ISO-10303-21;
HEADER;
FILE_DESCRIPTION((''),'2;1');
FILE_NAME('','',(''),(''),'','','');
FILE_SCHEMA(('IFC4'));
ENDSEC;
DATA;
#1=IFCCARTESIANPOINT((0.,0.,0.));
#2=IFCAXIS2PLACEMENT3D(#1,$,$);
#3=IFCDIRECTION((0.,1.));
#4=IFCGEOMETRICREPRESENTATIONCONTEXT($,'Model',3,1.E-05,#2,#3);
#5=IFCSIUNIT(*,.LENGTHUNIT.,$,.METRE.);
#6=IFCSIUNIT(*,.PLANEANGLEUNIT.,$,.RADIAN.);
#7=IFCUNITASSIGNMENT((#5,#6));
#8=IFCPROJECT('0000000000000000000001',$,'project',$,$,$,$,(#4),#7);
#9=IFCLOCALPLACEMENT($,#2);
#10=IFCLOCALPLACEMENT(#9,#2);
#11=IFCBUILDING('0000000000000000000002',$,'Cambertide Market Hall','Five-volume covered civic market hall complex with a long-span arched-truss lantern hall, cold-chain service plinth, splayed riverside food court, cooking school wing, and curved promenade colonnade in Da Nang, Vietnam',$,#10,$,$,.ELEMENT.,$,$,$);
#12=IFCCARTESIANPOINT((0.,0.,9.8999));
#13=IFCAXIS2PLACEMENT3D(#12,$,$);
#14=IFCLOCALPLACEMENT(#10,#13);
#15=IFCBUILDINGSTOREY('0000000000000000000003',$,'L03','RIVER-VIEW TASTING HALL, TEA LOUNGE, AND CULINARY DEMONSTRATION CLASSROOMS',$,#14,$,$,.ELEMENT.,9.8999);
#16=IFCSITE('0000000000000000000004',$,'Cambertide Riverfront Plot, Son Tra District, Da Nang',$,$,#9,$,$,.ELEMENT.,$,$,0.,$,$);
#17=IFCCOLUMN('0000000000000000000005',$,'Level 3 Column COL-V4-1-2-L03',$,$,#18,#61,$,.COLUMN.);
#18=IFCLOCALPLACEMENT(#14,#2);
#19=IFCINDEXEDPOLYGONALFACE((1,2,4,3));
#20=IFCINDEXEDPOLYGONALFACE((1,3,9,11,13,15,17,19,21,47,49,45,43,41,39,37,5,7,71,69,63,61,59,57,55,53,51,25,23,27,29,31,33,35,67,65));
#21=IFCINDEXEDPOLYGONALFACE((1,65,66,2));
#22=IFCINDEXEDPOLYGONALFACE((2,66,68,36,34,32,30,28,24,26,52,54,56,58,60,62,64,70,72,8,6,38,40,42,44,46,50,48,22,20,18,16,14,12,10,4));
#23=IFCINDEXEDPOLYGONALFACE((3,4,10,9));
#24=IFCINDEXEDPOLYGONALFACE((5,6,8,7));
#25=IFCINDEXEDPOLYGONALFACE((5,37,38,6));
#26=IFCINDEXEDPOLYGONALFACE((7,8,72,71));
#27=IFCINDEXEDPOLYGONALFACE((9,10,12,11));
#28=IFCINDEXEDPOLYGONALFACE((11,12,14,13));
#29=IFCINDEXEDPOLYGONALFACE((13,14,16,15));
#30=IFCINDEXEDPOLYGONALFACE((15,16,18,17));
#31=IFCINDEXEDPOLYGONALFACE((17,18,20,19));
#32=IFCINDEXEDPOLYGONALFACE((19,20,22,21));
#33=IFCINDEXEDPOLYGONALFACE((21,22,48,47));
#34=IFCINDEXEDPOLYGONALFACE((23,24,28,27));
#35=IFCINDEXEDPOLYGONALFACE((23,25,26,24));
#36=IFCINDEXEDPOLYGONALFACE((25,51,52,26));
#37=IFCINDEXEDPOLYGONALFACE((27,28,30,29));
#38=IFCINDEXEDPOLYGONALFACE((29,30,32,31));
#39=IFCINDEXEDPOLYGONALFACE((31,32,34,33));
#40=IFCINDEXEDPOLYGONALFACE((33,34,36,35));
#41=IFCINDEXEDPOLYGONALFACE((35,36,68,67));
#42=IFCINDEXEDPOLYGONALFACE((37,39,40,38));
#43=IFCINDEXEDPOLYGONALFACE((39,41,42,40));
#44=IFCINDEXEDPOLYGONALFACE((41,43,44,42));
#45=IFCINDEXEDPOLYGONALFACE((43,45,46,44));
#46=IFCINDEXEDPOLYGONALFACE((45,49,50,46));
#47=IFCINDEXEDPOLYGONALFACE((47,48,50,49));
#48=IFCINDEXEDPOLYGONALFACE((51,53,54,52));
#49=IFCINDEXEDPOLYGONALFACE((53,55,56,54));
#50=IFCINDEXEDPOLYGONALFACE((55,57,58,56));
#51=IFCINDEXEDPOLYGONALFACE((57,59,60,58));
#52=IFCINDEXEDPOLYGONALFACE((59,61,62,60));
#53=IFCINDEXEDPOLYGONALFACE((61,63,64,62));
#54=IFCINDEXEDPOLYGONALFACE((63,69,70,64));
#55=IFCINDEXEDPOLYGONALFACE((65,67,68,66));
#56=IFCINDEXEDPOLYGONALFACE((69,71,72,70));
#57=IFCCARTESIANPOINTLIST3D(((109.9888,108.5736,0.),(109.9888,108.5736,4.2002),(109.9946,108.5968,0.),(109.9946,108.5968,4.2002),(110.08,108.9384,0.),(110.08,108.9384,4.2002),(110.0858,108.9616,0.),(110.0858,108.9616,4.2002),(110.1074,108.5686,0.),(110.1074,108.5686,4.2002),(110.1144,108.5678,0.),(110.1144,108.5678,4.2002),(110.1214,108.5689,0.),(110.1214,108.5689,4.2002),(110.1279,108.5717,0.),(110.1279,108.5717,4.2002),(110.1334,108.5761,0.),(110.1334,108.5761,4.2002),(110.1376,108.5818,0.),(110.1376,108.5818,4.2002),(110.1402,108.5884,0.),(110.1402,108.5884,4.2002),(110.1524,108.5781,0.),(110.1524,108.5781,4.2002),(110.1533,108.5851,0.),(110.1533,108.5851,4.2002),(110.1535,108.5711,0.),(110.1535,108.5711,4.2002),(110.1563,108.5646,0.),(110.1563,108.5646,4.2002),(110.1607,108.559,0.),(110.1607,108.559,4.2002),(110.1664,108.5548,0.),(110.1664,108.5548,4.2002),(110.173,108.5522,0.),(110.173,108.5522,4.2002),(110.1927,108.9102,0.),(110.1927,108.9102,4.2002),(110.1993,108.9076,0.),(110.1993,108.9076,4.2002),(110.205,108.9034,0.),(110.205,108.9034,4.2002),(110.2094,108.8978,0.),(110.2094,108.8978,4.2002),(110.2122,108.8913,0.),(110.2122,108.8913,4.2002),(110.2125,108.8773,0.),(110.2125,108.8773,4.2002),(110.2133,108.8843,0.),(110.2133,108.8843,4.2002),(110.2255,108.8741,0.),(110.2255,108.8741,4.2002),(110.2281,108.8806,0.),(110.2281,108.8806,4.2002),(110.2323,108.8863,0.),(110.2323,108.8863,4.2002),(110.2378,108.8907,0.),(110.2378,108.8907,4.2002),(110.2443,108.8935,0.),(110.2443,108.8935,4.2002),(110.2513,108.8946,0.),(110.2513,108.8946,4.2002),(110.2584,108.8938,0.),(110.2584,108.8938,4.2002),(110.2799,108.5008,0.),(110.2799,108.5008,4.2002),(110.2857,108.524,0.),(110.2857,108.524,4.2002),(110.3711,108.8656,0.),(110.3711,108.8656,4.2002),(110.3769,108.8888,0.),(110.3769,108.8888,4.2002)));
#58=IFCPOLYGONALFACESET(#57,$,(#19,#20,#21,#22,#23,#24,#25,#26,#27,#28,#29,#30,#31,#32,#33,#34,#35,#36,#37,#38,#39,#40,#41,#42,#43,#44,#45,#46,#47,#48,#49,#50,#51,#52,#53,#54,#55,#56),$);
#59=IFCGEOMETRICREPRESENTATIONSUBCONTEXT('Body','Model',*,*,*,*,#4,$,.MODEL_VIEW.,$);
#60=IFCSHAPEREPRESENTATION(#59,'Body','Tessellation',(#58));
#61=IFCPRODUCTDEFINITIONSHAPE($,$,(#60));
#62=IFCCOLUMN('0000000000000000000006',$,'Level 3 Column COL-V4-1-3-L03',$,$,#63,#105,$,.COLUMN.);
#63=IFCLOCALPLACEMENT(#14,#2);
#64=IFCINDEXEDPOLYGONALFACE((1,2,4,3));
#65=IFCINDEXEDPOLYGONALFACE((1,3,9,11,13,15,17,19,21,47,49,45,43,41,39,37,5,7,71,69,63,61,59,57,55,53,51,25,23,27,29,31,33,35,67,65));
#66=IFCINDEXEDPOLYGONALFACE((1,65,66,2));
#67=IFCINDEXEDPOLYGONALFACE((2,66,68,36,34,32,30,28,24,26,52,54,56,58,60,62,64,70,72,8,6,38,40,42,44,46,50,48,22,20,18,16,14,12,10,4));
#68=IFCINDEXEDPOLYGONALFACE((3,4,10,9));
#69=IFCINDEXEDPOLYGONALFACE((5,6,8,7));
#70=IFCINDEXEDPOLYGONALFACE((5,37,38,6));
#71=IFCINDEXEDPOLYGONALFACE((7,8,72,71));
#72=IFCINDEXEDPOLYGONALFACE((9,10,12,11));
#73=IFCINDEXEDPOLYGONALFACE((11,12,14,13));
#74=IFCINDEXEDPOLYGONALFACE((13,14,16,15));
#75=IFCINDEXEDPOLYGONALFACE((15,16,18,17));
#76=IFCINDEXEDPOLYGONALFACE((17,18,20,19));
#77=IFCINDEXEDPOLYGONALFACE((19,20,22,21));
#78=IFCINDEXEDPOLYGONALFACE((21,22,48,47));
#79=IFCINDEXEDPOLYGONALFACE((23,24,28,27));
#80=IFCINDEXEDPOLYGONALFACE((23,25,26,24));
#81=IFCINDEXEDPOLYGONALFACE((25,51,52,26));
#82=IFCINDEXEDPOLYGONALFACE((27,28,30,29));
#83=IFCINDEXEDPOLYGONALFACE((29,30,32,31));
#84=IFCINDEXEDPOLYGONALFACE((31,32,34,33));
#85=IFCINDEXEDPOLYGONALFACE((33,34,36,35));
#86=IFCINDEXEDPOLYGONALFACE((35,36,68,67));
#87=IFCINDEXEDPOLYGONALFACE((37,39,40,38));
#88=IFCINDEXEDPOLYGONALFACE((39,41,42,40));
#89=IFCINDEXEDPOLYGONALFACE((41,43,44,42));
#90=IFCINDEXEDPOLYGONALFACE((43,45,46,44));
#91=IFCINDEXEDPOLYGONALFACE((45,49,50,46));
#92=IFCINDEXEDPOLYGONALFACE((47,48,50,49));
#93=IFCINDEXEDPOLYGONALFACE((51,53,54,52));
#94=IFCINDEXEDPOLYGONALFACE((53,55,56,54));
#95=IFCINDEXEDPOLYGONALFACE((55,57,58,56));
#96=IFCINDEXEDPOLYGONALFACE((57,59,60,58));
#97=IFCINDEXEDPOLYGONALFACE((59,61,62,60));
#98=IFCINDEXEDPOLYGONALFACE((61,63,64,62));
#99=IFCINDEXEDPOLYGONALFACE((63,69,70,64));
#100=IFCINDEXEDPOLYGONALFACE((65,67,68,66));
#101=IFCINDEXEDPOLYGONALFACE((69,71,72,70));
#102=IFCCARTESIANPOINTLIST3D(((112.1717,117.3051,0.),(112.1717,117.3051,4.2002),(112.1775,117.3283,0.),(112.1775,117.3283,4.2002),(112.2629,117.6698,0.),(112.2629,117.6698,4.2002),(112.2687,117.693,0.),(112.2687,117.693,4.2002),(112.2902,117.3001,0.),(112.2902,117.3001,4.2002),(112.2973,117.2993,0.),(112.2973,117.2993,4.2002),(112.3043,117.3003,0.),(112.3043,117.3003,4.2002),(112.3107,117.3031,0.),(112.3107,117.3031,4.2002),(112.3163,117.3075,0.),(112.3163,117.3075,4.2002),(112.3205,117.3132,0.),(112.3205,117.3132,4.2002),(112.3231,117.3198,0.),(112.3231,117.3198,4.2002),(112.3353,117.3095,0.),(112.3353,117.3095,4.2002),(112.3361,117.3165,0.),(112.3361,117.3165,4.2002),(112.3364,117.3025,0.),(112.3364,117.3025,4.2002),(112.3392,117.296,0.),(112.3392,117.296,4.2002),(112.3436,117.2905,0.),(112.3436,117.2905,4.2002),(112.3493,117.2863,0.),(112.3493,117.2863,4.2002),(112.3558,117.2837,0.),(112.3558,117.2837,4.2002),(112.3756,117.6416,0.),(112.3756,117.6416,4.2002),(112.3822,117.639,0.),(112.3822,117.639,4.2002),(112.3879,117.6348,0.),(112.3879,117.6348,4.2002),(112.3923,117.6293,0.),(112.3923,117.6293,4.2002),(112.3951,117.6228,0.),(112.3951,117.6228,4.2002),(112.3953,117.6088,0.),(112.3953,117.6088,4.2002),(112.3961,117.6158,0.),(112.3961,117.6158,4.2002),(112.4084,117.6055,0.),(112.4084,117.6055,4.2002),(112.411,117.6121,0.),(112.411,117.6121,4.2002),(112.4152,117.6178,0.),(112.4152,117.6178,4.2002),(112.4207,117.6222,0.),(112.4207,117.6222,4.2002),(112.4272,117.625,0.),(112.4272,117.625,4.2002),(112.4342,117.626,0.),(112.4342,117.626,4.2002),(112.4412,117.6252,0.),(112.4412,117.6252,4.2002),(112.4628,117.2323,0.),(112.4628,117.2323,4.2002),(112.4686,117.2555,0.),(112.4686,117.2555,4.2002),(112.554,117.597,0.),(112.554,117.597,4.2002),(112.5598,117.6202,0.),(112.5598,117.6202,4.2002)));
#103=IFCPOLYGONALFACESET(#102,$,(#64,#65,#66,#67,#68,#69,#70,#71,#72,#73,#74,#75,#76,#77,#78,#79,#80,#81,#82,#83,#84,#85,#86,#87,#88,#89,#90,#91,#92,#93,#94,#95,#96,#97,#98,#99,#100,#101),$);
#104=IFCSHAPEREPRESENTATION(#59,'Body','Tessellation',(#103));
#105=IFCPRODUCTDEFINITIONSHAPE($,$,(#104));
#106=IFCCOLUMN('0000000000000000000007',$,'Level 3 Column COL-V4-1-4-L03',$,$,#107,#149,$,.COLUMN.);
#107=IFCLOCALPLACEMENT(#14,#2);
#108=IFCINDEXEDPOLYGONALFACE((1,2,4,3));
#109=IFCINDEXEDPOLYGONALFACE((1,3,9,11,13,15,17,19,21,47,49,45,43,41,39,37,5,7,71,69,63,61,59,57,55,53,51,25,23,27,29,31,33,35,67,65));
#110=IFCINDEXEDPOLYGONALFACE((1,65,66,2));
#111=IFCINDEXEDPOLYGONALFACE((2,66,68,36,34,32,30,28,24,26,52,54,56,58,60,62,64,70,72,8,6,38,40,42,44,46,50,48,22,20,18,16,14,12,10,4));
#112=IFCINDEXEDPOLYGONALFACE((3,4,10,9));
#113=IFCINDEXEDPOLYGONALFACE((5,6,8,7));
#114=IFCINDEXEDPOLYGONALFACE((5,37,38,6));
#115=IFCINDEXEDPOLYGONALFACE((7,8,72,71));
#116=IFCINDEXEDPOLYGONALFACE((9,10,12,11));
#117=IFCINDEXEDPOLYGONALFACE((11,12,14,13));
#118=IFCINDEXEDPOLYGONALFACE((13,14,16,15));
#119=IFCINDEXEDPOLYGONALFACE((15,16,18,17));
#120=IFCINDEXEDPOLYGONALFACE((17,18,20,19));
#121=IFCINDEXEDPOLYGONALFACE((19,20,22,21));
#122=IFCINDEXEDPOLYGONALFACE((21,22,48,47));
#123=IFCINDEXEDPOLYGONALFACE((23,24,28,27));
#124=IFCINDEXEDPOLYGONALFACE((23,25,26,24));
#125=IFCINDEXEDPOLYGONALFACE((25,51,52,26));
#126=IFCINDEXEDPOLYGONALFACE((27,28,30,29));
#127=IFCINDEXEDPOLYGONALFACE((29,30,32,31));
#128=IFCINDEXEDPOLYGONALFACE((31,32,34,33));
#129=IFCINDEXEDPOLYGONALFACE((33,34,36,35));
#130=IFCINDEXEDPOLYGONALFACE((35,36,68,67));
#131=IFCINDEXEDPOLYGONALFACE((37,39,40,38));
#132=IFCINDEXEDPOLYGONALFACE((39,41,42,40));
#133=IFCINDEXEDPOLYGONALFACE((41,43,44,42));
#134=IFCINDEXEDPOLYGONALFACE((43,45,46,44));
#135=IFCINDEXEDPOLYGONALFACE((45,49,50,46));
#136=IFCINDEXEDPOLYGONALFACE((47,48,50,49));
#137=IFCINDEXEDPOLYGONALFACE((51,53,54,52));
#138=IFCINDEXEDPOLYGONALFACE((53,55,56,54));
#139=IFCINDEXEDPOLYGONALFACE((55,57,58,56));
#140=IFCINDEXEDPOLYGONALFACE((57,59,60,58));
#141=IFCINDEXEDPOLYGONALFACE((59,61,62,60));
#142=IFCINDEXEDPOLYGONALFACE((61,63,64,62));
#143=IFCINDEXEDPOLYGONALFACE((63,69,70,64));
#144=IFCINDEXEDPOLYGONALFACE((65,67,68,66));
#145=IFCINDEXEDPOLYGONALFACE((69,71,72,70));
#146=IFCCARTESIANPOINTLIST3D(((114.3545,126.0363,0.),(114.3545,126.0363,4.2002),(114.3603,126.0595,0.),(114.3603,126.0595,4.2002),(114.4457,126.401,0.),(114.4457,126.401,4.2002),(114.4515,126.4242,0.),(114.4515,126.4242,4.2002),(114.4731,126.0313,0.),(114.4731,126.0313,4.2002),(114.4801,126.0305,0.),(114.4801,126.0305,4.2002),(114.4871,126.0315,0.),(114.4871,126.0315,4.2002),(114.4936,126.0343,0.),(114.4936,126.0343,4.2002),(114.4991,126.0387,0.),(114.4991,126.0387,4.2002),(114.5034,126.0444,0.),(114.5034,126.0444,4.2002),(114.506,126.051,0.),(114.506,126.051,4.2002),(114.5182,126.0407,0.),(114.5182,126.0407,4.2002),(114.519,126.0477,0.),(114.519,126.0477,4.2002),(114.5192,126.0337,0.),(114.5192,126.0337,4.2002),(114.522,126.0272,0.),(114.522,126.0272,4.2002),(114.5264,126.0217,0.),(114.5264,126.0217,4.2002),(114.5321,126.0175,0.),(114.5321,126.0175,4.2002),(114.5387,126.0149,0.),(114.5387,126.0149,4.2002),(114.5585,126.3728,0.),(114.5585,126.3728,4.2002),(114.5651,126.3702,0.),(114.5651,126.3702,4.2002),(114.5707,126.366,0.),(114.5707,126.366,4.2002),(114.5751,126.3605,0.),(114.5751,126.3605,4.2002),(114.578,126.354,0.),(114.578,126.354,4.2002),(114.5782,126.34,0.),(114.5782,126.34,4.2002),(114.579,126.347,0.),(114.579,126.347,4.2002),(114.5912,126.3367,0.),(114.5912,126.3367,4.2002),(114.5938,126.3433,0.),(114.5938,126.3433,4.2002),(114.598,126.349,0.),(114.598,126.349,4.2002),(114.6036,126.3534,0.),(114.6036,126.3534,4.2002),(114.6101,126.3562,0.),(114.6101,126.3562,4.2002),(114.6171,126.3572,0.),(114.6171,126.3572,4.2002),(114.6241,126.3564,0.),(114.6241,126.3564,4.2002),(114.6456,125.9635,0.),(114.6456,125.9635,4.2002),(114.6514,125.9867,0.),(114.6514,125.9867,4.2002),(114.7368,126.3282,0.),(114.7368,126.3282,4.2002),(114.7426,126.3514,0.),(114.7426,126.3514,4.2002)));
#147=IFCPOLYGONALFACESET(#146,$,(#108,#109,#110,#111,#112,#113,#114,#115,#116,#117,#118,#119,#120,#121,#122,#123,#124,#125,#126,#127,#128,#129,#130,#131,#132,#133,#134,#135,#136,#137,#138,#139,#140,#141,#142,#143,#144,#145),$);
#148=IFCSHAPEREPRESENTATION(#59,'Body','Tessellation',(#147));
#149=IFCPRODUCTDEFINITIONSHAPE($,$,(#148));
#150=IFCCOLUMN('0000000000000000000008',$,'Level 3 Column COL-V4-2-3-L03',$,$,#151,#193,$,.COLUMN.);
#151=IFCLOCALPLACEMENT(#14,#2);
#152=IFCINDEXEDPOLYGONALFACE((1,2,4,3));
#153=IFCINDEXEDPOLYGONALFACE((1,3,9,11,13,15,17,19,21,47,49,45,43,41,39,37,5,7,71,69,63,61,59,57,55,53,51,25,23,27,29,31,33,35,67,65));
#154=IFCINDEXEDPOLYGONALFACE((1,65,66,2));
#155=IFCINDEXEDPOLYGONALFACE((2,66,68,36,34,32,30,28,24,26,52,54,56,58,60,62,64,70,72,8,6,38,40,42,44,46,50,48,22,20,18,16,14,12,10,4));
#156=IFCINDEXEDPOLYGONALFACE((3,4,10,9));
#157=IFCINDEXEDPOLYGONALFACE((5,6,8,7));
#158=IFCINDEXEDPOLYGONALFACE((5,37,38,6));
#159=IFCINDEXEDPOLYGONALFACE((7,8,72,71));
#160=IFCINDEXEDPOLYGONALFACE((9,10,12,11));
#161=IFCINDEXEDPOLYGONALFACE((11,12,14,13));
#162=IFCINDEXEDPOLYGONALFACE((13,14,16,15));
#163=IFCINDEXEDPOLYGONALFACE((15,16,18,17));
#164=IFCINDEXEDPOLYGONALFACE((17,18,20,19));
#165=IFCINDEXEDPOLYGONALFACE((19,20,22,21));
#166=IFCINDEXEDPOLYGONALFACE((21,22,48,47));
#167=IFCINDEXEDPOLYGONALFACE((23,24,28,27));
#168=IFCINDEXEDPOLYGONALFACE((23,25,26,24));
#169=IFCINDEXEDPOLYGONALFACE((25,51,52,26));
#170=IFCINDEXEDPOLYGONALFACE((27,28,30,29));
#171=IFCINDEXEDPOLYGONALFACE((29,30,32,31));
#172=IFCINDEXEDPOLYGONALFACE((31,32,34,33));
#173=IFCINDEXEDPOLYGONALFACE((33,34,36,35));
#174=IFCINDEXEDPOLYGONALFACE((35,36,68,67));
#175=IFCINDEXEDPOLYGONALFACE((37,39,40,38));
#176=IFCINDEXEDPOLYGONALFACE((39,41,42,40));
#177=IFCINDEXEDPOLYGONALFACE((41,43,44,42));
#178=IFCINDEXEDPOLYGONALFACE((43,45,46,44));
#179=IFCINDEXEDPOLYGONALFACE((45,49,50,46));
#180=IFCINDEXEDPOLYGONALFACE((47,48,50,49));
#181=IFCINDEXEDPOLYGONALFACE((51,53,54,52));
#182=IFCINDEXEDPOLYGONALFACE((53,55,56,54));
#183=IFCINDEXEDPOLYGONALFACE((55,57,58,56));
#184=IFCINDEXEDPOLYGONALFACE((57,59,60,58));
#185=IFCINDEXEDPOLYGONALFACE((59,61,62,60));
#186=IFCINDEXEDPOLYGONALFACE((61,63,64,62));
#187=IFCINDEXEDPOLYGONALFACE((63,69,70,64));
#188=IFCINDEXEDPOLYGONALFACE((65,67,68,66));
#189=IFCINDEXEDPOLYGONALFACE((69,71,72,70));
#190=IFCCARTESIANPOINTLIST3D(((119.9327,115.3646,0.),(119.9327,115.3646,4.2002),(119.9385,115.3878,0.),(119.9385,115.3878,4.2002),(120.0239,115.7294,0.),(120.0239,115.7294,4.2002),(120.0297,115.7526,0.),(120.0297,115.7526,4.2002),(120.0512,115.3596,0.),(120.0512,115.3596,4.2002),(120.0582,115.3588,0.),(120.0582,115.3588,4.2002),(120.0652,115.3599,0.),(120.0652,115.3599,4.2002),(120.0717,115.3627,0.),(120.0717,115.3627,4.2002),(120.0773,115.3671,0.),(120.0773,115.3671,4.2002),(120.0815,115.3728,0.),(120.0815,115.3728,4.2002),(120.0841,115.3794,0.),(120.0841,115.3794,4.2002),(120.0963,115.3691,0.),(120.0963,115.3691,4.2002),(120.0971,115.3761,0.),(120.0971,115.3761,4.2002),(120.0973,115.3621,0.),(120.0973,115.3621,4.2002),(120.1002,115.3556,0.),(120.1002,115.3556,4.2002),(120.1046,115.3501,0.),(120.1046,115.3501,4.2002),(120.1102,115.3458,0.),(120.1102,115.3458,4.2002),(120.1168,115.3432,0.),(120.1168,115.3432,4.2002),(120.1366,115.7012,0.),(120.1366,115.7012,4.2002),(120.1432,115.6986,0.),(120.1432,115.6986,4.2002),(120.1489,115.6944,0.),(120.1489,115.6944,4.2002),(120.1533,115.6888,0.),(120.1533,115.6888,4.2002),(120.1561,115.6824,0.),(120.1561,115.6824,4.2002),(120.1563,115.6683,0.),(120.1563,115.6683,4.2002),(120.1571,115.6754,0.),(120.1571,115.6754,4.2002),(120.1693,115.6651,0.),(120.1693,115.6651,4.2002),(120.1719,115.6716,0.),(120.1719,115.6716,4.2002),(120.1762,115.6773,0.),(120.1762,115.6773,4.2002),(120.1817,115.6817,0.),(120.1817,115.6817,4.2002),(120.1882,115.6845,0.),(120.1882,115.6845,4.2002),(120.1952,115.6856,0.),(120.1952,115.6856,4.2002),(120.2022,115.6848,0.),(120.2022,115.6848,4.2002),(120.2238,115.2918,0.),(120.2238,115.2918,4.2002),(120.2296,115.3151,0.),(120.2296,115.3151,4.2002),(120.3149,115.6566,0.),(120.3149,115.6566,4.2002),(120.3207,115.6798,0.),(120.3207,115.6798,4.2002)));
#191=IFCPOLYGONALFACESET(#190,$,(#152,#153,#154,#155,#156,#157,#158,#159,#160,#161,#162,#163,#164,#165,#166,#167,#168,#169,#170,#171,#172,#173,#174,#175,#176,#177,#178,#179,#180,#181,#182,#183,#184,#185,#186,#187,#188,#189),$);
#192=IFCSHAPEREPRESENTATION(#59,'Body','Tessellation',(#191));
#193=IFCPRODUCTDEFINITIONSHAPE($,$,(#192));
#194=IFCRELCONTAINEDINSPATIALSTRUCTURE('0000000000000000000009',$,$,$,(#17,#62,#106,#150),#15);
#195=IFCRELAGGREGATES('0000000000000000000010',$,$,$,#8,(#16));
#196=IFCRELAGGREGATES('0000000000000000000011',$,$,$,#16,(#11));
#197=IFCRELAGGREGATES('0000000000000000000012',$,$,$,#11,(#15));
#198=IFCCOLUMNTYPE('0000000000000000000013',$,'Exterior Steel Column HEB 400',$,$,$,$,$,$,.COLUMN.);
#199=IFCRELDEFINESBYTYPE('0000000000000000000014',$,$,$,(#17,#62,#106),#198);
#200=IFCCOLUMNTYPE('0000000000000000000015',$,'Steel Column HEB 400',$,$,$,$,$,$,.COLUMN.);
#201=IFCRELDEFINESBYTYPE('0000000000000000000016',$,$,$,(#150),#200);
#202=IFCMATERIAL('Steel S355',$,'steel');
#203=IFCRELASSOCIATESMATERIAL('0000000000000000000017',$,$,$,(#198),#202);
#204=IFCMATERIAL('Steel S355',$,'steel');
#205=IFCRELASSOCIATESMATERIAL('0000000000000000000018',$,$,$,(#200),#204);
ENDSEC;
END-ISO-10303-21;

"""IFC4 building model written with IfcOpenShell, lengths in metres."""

from ifc_helpers import new_model, si_unit, direction, frame, origin, origin_2d, place, context, subcontext, project, spatial, i_section, extrude, material, material_profile, profile_set, type_object, element, save


model = new_model("IFC4")

# Units and contexts
model_context = context("Model", 3, precision=1e-05, world=origin(), true_north=direction((0.0, 1.0)))
body_context = subcontext(model_context, "Body", "Model", "MODEL_VIEW")
ifc_project = project(units=[si_unit("LENGTHUNIT", "METRE"), si_unit("PLANEANGLEUNIT", "RADIAN")], contexts=[model_context])

# Site, building, storey
site_placement = place(None, origin())
site = spatial("IfcSite", under=ifc_project, at=site_placement, Name="Cambertide Riverfront Plot, Son Tra District, Da Nang", CompositionType="ELEMENT", RefElevation=0.0)
building_placement = place(site_placement, origin())
building = spatial("IfcBuilding", under=site, at=building_placement, Name="Cambertide Market Hall", Description="Five-volume covered civic market hall complex with a long-span arched-truss lantern hall, cold-chain service plinth, splayed riverside food court, cooking school wing, and curved promenade colonnade in Da Nang, Vietnam", CompositionType="ELEMENT")
storey_placement = place(building_placement, frame((0.0, 0.0, 9.8999)))
storey = spatial("IfcBuildingStorey", under=building, at=storey_placement, Name="L03", Description="RIVER-VIEW TASTING HALL, TEA LOUNGE, AND CULINARY DEMONSTRATION CLASSROOMS", CompositionType="ELEMENT", Elevation=9.8999)

# Columns
ifc_material_1 = material(Name="Steel S355", Category="steel")
ifc_material_profile_1 = material_profile(ifc_material_1, i_section(OverallWidth=0.3, OverallDepth=0.3999, WebThickness=0.0134, FlangeThickness=0.0239, FilletRadius=0.0271, at=origin_2d()), Name="HEB 400")
ifc_profile_set_1 = profile_set([ifc_material_profile_1], Name="Steel S355")
column_type_1 = type_object("IfcColumnType", Name="Exterior Steel Column HEB 400", PredefinedType="COLUMN", material=ifc_profile_set_1)
for number, where, z_axis, x_axis, name in (
    (1, (110.1829, 108.7312, 0.0), (0.0, 0.0, 1.0), (0.970143, -0.242536, 0.0), "Level 3 Column COL-V4-1-2-L03"),
    (2, (112.3657, 117.4626, 0.0), (0.0, 0.0, 1.0), (0.970143, -0.242536, 0.0), "Level 3 Column COL-V4-1-3-L03"),
    (3, (114.5486, 126.1938, 0.0), (0.0, 0.0, 1.0), (0.970143, -0.242536, 0.0), "Level 3 Column COL-V4-1-4-L03"),
):
    element("IfcColumn", number, at=place(storey_placement, frame(where, z_axis=z_axis, x_axis=x_axis)), inside=storey, type_object=column_type_1, Name=name, PredefinedType="COLUMN", context=body_context, shape_type="SweptSolid", body=[
        extrude(i_section(OverallWidth=0.3, OverallDepth=0.3999, WebThickness=0.0134, FlangeThickness=0.0239, FilletRadius=0.0271, at=origin_2d()), origin(), (0.0, 0.0, 1.0), 4.2002),
    ])
ifc_material_2 = material(Name="Steel S355", Category="steel")
ifc_material_profile_2 = material_profile(ifc_material_2, i_section(OverallWidth=0.3, OverallDepth=0.3999, WebThickness=0.0134, FlangeThickness=0.0239, FilletRadius=0.0271, at=origin_2d()), Name="HEB 400")
ifc_profile_set_2 = profile_set([ifc_material_profile_2], Name="Steel S355")
column_type_2 = type_object("IfcColumnType", Name="Steel Column HEB 400", PredefinedType="COLUMN", material=ifc_profile_set_2)
column_placement = place(storey_placement, frame((120.1267, 115.5222, 0.0), z_axis=(0.0, 0.0, 1.0), x_axis=(0.970143, -0.242536, 0.0)))
element("IfcColumn", 4, at=column_placement, inside=storey, type_object=column_type_2, Name="Level 3 Column COL-V4-2-3-L03", PredefinedType="COLUMN", context=body_context, shape_type="SweptSolid", body=[
    extrude(i_section(OverallWidth=0.3, OverallDepth=0.3999, WebThickness=0.0134, FlangeThickness=0.0239, FilletRadius=0.0271, at=origin_2d()), origin(), (0.0, 0.0, 1.0), 4.2002),
])

save(model, "model.ifc")
